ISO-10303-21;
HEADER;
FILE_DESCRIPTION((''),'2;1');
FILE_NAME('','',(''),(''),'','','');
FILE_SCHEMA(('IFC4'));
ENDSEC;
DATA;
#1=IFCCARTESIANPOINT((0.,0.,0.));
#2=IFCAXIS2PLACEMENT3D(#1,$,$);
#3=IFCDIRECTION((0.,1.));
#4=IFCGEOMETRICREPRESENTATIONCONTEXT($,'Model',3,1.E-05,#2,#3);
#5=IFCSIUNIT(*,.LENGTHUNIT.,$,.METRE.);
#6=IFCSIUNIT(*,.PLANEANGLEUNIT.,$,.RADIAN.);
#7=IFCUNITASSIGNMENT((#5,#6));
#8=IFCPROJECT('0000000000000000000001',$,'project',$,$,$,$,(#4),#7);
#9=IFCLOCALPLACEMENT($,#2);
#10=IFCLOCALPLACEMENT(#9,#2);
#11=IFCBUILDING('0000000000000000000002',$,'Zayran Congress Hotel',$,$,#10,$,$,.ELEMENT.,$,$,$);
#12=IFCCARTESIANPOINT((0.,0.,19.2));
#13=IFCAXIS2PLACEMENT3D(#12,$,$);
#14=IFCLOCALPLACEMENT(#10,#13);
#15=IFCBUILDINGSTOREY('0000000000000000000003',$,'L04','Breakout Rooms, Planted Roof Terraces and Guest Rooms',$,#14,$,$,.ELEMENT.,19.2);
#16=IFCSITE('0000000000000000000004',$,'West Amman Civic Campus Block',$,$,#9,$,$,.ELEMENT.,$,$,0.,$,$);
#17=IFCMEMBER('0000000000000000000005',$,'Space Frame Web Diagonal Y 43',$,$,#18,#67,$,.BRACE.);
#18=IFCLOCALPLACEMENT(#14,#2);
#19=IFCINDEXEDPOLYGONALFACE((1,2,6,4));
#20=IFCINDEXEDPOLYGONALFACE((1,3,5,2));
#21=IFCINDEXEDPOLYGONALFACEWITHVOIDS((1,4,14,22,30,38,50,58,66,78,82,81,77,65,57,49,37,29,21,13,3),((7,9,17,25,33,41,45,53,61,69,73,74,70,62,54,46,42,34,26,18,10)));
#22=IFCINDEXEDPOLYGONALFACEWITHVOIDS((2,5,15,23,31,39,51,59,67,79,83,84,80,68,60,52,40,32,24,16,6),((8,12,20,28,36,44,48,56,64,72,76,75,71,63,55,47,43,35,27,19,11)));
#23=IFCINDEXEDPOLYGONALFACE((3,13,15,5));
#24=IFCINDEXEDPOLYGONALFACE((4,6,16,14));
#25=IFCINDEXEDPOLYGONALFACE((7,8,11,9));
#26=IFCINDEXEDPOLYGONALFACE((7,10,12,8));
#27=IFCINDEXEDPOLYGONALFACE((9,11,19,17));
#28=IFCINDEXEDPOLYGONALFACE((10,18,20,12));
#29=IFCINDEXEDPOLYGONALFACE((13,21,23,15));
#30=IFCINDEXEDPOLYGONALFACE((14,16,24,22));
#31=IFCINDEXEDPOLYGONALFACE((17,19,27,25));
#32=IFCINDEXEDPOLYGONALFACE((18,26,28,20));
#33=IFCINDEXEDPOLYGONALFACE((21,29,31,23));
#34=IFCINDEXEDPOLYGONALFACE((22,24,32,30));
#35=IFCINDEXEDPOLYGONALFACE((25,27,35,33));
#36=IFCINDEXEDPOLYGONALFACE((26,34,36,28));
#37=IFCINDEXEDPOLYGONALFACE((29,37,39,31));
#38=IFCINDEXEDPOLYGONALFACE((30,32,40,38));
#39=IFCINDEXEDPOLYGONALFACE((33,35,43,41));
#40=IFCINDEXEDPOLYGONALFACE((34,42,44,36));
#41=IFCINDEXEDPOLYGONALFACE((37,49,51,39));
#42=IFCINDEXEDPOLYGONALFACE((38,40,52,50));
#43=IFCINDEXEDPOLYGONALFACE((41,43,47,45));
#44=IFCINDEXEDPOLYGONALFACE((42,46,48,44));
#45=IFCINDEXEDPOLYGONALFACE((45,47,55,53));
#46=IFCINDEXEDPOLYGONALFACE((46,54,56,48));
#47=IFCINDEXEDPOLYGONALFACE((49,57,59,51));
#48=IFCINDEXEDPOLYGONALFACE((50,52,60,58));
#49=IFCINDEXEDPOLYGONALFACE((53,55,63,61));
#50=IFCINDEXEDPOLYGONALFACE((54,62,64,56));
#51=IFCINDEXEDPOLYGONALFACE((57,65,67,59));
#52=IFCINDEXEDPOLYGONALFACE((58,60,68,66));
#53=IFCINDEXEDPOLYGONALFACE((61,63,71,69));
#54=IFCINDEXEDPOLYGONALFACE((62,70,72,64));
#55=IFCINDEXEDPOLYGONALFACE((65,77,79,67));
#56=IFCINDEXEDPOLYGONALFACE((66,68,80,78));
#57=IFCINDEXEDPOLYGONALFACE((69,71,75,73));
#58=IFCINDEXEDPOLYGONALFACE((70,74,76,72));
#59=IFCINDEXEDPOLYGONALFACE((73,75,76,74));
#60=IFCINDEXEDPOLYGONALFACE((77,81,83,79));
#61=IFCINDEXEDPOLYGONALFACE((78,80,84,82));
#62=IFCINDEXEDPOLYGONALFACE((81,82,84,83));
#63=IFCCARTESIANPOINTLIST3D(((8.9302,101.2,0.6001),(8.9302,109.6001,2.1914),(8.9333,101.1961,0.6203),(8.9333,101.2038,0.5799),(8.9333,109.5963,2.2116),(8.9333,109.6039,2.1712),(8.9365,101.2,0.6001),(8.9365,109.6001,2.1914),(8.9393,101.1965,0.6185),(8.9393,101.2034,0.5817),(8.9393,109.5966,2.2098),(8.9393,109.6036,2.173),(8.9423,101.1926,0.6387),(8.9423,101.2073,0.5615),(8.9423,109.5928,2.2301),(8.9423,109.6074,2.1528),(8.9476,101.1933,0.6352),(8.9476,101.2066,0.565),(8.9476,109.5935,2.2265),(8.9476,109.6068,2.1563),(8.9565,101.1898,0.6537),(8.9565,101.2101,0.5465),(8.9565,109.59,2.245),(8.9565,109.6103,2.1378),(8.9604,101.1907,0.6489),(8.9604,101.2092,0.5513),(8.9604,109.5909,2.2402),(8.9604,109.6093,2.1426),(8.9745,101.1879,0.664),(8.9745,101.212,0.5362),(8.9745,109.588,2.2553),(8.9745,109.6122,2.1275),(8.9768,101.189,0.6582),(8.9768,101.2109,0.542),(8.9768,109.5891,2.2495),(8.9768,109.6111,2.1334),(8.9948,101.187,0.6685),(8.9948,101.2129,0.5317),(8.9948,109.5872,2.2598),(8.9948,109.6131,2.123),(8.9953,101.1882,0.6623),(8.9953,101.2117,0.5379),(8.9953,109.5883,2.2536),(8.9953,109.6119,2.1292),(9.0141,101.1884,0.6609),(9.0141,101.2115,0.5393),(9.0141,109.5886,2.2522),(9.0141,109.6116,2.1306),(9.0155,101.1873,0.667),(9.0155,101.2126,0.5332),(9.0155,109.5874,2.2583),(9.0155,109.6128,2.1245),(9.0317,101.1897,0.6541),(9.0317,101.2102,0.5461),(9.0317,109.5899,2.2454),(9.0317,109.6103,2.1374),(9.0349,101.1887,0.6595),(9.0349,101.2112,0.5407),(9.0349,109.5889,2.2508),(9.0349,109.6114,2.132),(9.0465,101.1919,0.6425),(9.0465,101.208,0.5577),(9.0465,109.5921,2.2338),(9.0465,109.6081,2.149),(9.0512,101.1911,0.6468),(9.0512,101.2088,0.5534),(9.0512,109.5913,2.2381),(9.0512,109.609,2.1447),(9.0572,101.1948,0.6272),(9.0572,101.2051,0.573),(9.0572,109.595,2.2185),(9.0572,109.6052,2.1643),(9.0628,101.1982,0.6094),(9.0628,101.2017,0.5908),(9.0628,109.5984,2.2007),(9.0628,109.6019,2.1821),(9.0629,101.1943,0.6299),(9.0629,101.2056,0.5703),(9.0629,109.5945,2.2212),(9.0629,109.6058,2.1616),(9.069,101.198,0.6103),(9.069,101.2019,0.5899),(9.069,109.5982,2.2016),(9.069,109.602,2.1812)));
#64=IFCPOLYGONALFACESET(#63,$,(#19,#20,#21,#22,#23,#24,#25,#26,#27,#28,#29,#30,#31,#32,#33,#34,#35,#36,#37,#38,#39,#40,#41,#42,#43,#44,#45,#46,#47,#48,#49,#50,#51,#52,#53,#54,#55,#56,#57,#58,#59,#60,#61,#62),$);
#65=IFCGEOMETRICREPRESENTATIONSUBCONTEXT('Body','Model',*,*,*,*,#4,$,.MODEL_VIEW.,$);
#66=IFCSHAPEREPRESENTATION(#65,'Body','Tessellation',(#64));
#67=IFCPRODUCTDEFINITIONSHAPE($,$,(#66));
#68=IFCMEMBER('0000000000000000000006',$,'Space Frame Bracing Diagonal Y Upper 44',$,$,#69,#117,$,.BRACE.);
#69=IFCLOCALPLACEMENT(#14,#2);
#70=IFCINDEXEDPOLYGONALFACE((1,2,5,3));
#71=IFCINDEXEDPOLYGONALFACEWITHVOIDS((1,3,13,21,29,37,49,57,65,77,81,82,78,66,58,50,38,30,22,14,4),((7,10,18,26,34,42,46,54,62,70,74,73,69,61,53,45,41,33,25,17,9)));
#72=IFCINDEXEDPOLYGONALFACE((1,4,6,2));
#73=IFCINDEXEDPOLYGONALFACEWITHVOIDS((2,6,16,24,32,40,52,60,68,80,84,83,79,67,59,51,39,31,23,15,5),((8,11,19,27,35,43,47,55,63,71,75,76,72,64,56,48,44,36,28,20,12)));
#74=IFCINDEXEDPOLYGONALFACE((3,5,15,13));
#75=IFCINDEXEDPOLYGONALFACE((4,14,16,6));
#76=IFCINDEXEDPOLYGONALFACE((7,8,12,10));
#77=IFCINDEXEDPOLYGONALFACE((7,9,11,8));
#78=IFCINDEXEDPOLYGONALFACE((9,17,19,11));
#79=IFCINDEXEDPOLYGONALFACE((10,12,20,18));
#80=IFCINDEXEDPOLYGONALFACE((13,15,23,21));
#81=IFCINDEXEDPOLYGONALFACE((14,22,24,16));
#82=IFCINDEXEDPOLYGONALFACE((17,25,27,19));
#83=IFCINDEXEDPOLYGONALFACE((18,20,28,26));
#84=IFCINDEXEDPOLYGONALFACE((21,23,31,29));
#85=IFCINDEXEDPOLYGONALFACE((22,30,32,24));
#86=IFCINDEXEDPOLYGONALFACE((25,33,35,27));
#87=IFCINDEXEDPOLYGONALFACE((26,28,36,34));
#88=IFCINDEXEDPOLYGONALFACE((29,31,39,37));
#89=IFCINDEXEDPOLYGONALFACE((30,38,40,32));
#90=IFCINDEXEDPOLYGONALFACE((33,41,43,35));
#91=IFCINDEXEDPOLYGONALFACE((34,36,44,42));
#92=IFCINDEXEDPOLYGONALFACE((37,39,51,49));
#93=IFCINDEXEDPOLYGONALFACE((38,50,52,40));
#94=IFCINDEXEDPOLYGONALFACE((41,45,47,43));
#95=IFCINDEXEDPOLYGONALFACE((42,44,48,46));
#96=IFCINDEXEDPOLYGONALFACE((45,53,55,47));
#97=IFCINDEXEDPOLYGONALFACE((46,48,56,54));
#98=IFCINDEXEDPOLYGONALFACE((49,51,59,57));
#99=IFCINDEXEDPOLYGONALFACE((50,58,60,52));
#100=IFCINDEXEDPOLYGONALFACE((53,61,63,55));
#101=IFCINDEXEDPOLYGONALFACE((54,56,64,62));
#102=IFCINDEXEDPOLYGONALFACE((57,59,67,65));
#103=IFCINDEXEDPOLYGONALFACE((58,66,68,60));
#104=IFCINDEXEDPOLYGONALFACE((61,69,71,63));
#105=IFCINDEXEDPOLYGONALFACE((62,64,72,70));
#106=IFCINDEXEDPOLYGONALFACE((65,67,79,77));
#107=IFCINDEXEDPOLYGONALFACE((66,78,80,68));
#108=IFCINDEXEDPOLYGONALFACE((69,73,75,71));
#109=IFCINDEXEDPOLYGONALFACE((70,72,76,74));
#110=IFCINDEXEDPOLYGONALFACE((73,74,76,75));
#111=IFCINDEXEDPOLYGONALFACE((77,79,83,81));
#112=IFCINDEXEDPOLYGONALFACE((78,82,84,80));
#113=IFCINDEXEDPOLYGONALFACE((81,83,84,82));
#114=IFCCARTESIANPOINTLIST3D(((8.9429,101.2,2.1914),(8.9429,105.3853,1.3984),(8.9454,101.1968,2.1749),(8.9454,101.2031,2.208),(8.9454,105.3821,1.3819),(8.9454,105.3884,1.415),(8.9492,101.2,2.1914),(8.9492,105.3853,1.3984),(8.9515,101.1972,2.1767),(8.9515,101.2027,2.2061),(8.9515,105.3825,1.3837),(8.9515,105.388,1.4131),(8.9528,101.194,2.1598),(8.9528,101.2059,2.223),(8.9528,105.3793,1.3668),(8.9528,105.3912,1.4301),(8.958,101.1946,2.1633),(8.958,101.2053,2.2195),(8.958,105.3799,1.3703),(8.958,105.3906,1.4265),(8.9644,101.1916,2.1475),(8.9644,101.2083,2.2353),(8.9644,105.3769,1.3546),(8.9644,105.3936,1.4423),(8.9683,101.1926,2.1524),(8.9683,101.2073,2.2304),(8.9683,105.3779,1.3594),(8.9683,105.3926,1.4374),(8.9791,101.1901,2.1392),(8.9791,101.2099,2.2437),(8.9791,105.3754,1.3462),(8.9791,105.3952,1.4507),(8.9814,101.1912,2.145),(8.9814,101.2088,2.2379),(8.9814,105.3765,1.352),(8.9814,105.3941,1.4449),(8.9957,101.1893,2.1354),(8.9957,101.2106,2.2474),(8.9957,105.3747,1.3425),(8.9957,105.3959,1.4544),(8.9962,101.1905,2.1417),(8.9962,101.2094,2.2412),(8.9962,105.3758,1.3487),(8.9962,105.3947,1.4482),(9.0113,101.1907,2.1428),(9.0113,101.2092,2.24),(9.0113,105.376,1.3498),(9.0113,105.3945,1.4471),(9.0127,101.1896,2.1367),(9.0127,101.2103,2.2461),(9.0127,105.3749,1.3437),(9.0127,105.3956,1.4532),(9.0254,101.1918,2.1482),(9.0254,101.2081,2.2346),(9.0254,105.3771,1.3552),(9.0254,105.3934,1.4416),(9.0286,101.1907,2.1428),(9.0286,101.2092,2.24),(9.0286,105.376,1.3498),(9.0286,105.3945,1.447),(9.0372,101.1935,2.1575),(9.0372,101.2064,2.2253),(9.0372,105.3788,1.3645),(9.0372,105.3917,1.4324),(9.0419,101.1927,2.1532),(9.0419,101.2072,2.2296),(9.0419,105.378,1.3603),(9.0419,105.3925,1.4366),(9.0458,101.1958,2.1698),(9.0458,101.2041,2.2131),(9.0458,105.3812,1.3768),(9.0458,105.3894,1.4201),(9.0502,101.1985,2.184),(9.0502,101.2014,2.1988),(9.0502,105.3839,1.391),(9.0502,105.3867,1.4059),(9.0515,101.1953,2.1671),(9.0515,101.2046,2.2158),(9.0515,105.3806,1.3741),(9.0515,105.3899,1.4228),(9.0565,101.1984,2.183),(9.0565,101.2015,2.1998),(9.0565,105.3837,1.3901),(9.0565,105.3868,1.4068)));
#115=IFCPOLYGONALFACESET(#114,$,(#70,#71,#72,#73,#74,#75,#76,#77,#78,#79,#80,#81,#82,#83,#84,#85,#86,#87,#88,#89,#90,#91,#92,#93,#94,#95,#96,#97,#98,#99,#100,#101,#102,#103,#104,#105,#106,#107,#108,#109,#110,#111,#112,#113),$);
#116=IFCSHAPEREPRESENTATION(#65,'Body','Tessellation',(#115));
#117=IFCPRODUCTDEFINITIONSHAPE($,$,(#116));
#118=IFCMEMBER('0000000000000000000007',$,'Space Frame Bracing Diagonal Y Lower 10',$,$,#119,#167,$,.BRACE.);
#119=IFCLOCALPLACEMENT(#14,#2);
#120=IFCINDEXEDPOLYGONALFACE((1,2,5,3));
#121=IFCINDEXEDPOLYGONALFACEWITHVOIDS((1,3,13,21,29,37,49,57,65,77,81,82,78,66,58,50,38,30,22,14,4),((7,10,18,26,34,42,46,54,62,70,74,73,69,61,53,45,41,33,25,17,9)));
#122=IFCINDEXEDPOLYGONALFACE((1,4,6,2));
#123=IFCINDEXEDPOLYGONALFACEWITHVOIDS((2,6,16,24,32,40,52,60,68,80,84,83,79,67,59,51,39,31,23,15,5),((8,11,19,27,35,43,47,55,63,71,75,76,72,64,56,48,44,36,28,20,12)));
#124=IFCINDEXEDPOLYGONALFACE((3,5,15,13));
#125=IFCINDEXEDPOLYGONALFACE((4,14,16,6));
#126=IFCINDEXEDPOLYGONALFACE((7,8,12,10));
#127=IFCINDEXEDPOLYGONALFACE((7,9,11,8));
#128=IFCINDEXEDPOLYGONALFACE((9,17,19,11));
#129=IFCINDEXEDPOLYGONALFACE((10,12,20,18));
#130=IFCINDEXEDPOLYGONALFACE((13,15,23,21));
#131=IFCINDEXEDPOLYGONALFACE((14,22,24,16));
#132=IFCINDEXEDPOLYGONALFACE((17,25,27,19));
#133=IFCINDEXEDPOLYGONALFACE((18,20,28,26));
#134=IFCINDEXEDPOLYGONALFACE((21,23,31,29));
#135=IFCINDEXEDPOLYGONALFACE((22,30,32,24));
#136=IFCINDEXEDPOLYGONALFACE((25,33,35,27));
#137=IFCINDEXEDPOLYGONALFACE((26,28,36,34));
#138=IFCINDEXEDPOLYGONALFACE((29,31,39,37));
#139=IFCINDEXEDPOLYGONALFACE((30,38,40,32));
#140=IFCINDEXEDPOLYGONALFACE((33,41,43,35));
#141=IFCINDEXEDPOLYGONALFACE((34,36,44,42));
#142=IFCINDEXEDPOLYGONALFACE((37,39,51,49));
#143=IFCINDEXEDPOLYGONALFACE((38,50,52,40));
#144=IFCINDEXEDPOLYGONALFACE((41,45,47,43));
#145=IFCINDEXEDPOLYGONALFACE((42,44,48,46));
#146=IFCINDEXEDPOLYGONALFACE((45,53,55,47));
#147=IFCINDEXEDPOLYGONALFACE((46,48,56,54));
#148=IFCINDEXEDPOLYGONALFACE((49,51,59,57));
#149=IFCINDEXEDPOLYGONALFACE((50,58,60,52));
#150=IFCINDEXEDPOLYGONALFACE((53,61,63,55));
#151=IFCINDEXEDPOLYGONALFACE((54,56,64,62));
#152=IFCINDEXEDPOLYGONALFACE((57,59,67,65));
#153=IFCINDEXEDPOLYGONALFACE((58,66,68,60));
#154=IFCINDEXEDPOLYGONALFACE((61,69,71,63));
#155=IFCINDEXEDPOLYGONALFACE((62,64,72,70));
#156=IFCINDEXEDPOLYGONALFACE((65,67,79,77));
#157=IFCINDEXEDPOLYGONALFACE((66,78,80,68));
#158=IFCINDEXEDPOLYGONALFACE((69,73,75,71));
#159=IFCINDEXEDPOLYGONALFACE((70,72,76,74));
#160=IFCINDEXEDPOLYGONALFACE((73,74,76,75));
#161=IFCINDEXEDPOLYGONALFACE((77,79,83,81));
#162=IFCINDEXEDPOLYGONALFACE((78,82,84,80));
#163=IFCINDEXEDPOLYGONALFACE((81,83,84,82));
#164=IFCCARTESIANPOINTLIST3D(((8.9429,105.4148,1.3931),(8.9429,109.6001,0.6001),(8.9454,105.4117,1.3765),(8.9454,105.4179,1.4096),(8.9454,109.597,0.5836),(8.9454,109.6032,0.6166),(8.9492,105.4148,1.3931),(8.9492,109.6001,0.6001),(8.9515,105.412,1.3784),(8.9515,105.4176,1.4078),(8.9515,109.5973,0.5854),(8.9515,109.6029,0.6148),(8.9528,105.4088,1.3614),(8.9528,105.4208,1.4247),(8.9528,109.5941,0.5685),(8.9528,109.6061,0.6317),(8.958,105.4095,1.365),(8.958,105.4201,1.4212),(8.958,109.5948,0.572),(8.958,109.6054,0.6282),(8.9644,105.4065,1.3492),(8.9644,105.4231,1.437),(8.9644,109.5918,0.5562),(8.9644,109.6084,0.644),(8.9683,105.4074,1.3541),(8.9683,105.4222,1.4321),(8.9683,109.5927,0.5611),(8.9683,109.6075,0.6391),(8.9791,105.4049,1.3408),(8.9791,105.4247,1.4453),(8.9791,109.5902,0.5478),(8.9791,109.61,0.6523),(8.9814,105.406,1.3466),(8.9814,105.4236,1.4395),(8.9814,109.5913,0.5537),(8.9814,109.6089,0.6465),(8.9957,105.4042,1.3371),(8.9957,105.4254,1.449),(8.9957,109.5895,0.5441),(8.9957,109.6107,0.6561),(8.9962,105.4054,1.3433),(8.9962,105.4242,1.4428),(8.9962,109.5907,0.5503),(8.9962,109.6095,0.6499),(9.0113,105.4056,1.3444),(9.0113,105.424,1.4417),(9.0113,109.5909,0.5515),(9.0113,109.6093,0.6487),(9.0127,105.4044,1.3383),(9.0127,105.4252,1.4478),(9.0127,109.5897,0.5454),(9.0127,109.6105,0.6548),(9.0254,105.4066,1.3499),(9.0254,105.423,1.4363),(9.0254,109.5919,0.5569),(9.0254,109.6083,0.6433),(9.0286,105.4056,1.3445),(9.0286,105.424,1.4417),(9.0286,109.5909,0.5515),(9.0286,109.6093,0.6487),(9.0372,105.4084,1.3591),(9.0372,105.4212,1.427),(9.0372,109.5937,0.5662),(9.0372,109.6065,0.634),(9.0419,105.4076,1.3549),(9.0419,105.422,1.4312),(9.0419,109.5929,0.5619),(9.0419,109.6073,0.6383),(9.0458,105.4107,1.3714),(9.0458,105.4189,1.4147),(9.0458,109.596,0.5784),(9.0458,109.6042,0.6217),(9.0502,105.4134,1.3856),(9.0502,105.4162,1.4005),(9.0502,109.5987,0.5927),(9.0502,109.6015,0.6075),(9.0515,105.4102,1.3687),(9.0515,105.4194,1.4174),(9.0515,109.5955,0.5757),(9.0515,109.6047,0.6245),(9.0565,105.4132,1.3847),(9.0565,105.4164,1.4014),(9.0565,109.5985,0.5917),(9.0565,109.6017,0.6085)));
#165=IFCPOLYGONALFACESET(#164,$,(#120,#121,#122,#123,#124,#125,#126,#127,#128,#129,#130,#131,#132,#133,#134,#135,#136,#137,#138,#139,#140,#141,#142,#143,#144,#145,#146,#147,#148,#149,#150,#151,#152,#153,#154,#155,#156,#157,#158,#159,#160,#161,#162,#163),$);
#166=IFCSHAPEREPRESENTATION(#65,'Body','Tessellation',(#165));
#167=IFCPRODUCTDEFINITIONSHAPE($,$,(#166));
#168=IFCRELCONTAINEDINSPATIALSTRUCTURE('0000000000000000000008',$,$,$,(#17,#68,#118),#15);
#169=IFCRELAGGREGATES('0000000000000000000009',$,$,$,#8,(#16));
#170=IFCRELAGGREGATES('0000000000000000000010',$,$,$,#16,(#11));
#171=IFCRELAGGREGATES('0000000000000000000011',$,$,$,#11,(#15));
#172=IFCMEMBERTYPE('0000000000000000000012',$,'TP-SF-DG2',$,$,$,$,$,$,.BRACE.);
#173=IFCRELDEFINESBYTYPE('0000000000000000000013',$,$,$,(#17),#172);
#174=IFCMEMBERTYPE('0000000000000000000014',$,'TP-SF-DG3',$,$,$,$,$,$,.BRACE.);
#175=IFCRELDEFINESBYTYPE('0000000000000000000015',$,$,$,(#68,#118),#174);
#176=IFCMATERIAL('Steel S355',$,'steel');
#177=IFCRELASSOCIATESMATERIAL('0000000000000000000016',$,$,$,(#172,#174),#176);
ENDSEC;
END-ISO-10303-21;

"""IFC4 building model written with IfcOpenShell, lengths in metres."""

from ifc_helpers import new_model, si_unit, direction, frame, origin, origin_2d, place, context, subcontext, project, spatial, hollow_circle, extrude, material, material_profile, profile_set, type_object, element, save


model = new_model("IFC4")

# Units and contexts
model_context = context("Model", 3, precision=1e-05, world=origin(), true_north=direction((0.0, 1.0)))
body_context = subcontext(model_context, "Body", "Model", "MODEL_VIEW")
ifc_project = project(units=[si_unit("LENGTHUNIT", "METRE"), si_unit("PLANEANGLEUNIT", "RADIAN")], contexts=[model_context])

# Site, building, storey
site_placement = place(None, origin())
site = spatial("IfcSite", under=ifc_project, at=site_placement, Name="West Amman Civic Campus Block", CompositionType="ELEMENT", RefElevation=0.0)
building_placement = place(site_placement, origin())
building = spatial("IfcBuilding", under=site, at=building_placement, Name="Zayran Congress Hotel", CompositionType="ELEMENT")
storey_placement = place(building_placement, frame((0.0, 0.0, 19.2)))
storey = spatial("IfcBuildingStorey", under=building, at=storey_placement, Name="L04", Description="Breakout Rooms, Planted Roof Terraces and Guest Rooms", CompositionType="ELEMENT", Elevation=19.2)

# Members
ifc_material_1 = material(Name="Steel S355", Category="steel")
ifc_material_profile_1 = material_profile(ifc_material_1, hollow_circle(Radius=0.0698, WallThickness=0.0063, at=origin_2d()), Name="CHS 139.7x6.3")
ifc_profile_set_1 = profile_set([ifc_material_profile_1], Name="Steel S355")
member_type_1 = type_object("IfcMemberType", Name="TP-SF-DG2", PredefinedType="BRACE", material=ifc_profile_set_1)
member_1_placement = place(storey_placement, frame((9.0, 101.2, 0.6001), z_axis=(0.0, 0.982526, 0.186128), x_axis=(-1.0, 0.0, 0.0)))
element("IfcMember", 1, at=member_1_placement, inside=storey, type_object=member_type_1, Name="Space Frame Web Diagonal Y 43", PredefinedType="BRACE", context=body_context, shape_type="SweptSolid", body=[
    extrude(hollow_circle(Radius=0.0698, WallThickness=0.0063, at=origin_2d()), origin(), (0.0, 0.0, 1.0), 8.5496),
])
ifc_material_profile_2 = material_profile(ifc_material_1, hollow_circle(Radius=0.0571, WallThickness=0.0063, at=origin_2d()), Name="CHS 114.3x6.3")
ifc_profile_set_2 = profile_set([ifc_material_profile_2], Name="Steel S355")
member_type_2 = type_object("IfcMemberType", Name="TP-SF-DG3", PredefinedType="BRACE", material=ifc_profile_set_2)
for number, where, z_axis, x_axis, name in (
    (2, (9.0, 101.2, 2.1914), (0.0, 0.982521, -0.186153), (-1.0, 0.0, 0.0), "Space Frame Bracing Diagonal Y Upper 44"),
    (3, (9.0, 105.4148, 1.3931), (0.0, 0.982521, -0.186153), (-1.0, 0.0, 0.0), "Space Frame Bracing Diagonal Y Lower 10"),
):
    element("IfcMember", number, at=place(storey_placement, frame(where, z_axis=z_axis, x_axis=x_axis)), inside=storey, type_object=member_type_2, Name=name, PredefinedType="BRACE", context=body_context, shape_type="SweptSolid", body=[
        extrude(hollow_circle(Radius=0.0571, WallThickness=0.0063, at=origin_2d()), origin(), (0.0, 0.0, 1.0), 4.2598),
    ])

save(model, "model.ifc")
